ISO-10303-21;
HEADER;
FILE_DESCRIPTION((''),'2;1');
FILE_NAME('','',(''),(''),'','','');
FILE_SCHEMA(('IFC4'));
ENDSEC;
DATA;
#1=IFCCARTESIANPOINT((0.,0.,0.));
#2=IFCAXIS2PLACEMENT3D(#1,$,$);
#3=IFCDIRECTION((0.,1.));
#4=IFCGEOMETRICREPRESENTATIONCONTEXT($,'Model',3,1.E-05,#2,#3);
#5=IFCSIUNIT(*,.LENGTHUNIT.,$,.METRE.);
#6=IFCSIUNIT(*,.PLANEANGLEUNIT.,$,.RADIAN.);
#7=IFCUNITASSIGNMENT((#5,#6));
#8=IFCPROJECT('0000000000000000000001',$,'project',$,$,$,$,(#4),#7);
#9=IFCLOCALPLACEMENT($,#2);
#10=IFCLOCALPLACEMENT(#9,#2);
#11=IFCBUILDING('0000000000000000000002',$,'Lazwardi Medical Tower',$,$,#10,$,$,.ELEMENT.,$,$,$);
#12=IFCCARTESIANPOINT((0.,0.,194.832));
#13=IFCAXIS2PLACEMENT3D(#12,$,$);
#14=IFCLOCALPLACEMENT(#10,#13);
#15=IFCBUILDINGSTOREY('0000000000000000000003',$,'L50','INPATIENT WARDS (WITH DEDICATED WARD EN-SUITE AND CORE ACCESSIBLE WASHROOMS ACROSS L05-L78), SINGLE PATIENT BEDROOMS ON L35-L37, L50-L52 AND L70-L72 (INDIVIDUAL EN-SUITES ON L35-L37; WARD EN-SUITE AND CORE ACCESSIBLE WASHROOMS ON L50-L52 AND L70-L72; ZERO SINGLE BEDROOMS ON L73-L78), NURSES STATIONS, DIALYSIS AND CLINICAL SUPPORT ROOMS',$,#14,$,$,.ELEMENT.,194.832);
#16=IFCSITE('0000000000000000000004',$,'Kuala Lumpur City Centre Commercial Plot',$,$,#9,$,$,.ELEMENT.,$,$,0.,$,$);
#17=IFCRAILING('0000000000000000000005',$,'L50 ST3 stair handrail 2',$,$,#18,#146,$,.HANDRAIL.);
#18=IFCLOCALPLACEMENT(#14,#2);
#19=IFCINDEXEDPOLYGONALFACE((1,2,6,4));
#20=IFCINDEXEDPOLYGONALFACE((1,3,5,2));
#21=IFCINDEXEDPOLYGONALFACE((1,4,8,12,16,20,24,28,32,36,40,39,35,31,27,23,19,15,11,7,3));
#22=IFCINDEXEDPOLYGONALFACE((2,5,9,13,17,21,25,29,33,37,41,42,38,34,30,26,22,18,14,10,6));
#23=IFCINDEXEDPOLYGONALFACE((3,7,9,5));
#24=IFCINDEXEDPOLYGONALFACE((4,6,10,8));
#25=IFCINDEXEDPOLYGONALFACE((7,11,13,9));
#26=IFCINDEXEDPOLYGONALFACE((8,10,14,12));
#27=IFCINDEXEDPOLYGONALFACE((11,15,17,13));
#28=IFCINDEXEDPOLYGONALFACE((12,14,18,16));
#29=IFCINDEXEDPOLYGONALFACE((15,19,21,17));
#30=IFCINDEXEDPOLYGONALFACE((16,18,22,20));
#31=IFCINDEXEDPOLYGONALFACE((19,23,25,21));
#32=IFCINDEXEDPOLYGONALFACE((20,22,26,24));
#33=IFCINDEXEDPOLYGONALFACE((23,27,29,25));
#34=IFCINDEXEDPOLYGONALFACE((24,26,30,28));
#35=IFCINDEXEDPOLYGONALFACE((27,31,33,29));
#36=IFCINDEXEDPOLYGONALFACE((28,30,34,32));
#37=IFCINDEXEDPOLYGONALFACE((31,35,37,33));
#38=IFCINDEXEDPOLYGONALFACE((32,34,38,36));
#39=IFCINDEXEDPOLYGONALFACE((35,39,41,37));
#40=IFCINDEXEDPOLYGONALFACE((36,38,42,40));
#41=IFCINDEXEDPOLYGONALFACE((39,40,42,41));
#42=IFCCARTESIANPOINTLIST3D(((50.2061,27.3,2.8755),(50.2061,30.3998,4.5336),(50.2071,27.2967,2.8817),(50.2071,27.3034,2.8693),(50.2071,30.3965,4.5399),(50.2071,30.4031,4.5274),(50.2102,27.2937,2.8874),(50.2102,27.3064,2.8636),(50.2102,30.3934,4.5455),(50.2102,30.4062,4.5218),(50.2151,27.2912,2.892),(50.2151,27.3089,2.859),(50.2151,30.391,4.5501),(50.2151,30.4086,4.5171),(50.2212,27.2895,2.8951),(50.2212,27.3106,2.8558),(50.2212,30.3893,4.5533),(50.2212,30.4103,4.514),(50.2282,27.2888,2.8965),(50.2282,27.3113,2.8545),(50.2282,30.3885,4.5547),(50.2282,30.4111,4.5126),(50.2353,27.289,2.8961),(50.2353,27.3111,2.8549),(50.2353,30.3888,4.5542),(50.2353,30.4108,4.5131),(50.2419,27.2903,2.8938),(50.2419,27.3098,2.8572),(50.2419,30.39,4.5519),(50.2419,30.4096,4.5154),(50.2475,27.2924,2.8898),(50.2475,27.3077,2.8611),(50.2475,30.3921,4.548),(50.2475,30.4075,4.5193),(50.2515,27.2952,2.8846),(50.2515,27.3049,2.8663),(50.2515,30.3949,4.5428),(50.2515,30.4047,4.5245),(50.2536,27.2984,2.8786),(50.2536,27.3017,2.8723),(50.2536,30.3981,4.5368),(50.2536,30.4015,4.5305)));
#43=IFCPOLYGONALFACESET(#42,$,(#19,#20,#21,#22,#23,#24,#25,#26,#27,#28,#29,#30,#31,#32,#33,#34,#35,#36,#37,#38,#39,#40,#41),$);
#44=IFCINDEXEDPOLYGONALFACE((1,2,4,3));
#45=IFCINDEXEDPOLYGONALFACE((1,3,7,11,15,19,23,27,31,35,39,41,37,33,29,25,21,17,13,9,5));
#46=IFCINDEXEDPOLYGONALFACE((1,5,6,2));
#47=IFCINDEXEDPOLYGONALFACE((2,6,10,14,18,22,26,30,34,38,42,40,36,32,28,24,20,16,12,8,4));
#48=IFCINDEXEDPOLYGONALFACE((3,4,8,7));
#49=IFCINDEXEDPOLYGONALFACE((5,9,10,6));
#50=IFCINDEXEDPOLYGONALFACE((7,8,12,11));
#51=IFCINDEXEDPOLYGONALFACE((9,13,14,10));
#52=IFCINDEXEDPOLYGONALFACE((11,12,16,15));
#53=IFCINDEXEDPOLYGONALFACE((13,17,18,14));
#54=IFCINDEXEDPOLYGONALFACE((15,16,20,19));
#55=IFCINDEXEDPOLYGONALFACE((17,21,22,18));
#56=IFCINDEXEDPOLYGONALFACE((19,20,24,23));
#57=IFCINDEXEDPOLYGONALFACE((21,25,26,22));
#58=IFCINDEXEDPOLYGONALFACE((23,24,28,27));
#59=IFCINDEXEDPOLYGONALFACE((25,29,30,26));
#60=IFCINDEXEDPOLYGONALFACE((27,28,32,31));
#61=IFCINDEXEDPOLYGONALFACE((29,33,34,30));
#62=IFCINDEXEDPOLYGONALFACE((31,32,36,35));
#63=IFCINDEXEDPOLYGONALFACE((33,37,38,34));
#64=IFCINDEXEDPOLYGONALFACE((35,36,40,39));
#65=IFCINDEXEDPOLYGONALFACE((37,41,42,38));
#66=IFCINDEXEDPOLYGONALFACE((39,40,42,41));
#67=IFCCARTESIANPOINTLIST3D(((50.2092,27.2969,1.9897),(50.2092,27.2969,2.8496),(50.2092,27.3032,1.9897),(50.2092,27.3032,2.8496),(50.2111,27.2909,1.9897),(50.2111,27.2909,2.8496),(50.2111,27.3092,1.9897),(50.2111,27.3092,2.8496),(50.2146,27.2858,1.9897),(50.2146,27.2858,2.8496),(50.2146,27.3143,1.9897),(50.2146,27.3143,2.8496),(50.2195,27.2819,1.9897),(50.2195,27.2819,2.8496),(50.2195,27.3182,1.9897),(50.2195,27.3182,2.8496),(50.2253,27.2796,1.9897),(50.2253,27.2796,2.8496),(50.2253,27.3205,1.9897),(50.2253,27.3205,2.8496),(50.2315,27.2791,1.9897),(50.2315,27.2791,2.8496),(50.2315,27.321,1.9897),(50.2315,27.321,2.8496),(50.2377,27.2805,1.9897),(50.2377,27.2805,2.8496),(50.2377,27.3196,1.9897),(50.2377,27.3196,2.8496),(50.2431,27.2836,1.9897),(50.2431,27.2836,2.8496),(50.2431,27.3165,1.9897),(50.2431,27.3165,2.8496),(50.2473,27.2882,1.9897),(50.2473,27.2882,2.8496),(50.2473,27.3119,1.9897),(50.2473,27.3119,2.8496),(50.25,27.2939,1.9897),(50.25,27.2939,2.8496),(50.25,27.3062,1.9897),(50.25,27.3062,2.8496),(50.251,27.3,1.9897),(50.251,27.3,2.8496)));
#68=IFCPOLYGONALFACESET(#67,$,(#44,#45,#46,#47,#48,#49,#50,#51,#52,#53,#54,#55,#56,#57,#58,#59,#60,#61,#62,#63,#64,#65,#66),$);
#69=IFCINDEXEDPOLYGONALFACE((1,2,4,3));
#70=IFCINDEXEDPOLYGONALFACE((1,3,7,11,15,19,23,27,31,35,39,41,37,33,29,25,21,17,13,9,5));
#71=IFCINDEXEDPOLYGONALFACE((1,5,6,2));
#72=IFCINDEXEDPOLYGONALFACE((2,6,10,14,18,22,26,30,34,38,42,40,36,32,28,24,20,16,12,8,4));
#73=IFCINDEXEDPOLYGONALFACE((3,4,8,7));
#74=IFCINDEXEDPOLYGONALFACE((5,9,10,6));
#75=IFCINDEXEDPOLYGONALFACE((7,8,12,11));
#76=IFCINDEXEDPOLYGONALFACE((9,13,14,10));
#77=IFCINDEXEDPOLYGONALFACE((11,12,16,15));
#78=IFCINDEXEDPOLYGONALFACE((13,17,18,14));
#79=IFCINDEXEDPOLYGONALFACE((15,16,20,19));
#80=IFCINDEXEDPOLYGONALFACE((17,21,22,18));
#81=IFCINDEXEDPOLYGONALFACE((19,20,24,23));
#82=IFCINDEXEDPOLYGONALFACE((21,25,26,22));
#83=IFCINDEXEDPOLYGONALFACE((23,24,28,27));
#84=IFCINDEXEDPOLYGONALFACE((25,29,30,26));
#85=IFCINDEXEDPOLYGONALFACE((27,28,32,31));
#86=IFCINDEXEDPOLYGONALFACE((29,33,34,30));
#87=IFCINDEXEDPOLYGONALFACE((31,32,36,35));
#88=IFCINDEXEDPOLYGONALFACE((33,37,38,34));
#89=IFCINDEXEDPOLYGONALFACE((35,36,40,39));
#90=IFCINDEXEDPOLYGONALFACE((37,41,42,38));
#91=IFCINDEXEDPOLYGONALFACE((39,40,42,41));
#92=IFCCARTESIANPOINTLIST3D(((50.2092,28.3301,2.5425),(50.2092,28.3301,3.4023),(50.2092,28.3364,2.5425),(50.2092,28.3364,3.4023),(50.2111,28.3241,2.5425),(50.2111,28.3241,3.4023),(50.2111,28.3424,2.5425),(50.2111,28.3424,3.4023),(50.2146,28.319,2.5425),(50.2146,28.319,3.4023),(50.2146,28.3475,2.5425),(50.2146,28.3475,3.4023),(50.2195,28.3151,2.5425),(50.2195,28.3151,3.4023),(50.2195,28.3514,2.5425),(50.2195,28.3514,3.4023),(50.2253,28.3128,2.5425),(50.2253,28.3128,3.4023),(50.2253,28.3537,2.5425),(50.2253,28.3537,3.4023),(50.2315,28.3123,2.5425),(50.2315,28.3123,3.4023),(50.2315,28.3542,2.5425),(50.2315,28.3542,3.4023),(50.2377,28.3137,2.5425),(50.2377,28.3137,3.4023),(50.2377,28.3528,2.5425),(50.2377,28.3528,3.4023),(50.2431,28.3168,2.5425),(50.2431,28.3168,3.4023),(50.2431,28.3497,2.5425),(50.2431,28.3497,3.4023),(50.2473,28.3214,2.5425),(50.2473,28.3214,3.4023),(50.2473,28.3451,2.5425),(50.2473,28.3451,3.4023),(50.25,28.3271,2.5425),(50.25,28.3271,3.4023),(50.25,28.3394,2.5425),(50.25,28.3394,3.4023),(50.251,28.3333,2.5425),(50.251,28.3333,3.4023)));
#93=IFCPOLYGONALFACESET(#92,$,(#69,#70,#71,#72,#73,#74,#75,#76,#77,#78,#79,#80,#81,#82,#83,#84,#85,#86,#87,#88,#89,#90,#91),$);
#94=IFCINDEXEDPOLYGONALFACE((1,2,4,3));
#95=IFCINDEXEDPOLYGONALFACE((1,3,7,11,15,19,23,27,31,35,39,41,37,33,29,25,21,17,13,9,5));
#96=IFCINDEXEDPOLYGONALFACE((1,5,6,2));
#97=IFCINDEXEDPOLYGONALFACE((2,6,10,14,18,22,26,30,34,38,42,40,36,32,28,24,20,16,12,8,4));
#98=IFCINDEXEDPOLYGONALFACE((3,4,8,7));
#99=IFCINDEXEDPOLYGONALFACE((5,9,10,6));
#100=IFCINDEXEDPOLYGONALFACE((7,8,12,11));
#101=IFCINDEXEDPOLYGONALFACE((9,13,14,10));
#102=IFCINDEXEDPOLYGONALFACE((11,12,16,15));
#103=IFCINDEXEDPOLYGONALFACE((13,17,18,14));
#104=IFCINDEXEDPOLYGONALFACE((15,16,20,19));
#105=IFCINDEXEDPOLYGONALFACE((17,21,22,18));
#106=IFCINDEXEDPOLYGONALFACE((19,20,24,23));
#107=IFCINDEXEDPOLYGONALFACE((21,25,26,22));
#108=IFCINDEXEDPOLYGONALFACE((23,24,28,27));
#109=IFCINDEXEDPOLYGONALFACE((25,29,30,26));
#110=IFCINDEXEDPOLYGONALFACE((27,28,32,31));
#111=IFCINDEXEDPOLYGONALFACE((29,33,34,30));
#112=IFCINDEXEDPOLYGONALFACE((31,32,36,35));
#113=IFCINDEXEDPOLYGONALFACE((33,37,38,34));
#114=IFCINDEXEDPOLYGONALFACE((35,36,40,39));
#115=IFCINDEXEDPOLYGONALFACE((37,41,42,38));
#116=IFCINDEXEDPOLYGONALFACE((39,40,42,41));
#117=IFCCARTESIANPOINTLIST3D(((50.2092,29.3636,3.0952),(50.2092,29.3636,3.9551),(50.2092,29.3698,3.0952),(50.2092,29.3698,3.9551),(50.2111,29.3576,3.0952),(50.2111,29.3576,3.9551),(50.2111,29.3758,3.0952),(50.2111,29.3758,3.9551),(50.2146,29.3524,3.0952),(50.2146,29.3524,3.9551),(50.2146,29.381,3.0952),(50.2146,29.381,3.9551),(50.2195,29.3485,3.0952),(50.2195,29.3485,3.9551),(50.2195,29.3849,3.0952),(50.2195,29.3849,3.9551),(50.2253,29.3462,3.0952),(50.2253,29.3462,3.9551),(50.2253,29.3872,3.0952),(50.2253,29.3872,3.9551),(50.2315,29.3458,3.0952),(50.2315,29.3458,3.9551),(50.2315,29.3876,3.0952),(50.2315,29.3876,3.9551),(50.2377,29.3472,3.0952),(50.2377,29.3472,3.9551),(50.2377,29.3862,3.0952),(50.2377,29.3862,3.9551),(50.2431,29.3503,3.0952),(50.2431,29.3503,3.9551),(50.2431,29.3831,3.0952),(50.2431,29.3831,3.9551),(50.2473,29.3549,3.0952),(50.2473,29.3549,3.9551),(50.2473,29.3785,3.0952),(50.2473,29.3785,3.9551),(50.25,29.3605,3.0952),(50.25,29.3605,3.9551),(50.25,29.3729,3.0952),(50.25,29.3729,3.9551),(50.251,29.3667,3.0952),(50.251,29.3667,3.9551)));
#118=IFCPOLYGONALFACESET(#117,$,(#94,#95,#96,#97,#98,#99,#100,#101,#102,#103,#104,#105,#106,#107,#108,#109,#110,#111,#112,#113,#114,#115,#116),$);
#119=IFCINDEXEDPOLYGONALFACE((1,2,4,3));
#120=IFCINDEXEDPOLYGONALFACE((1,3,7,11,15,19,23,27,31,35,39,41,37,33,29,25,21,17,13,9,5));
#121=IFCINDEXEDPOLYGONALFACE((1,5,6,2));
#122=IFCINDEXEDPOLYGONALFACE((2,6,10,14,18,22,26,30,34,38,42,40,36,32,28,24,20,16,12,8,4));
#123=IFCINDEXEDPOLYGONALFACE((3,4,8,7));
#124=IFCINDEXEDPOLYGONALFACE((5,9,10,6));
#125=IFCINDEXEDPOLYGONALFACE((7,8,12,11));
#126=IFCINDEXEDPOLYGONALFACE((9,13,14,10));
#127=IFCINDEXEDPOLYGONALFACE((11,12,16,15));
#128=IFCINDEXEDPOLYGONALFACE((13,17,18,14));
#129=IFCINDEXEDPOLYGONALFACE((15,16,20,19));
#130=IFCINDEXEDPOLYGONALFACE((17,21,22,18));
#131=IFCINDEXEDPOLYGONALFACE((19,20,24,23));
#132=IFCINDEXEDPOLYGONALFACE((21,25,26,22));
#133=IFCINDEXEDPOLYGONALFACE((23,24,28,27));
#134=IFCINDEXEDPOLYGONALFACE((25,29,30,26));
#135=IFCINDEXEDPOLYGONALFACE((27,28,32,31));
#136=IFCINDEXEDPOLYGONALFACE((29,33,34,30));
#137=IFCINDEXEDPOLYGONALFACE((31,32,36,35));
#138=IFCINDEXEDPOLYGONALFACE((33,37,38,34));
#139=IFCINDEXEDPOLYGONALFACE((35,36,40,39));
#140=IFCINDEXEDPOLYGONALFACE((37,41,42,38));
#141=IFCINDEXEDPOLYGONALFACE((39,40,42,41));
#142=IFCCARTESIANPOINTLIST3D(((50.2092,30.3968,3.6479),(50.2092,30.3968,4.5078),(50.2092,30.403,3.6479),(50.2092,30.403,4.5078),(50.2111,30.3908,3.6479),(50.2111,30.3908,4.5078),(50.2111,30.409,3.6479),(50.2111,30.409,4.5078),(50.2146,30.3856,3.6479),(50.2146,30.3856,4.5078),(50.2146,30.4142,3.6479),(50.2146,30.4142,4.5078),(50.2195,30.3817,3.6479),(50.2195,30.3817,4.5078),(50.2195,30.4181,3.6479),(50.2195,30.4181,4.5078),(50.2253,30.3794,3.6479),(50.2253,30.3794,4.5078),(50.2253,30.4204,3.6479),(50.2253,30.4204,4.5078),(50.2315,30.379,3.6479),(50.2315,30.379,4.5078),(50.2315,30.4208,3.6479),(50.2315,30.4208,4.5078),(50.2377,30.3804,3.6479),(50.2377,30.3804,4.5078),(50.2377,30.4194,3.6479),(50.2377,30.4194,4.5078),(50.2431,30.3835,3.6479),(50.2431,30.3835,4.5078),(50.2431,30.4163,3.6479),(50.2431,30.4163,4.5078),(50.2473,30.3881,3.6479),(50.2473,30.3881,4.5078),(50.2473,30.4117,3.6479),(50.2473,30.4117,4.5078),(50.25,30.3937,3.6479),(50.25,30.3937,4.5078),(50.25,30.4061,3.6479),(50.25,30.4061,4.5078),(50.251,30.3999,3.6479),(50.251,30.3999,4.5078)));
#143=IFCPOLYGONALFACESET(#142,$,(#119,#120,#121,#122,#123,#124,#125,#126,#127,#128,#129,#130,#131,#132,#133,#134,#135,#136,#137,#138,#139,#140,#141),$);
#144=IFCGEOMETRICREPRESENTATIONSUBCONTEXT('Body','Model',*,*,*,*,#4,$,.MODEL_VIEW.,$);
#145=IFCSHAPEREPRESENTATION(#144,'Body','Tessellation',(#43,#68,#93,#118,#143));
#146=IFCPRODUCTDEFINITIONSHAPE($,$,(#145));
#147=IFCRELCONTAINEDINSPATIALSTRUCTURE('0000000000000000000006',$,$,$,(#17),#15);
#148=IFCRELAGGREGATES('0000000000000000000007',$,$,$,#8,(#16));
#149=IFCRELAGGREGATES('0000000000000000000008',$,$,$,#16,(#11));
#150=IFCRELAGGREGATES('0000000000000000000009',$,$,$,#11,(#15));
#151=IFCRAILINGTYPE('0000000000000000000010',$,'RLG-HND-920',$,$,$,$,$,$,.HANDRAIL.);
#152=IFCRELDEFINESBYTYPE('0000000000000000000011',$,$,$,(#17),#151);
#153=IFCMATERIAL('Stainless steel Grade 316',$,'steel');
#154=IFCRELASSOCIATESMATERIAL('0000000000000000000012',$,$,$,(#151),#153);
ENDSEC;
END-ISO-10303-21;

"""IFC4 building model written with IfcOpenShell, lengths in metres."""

from ifc_helpers import new_model, si_unit, direction, frame, origin, origin_2d, place, context, subcontext, project, spatial, circle, extrude, material, type_object, element, save


model = new_model("IFC4")

# Units and contexts
model_context = context("Model", 3, precision=1e-05, world=origin(), true_north=direction((0.0, 1.0)))
body_context = subcontext(model_context, "Body", "Model", "MODEL_VIEW")
ifc_project = project(units=[si_unit("LENGTHUNIT", "METRE"), si_unit("PLANEANGLEUNIT", "RADIAN")], contexts=[model_context])

# Site, building, storey
site_placement = place(None, origin())
site = spatial("IfcSite", under=ifc_project, at=site_placement, Name="Kuala Lumpur City Centre Commercial Plot", CompositionType="ELEMENT", RefElevation=0.0)
building_placement = place(site_placement, origin())
building = spatial("IfcBuilding", under=site, at=building_placement, Name="Lazwardi Medical Tower", CompositionType="ELEMENT")
storey_placement = place(building_placement, frame((0.0, 0.0, 194.832)))
storey = spatial("IfcBuildingStorey", under=building, at=storey_placement, Name="L50", Description="INPATIENT WARDS (WITH DEDICATED WARD EN-SUITE AND CORE ACCESSIBLE WASHROOMS ACROSS L05-L78), SINGLE PATIENT BEDROOMS ON L35-L37, L50-L52 AND L70-L72 (INDIVIDUAL EN-SUITES ON L35-L37; WARD EN-SUITE AND CORE ACCESSIBLE WASHROOMS ON L50-L52 AND L70-L72; ZERO SINGLE BEDROOMS ON L73-L78), NURSES STATIONS, DIALYSIS AND CLINICAL SUPPORT ROOMS", CompositionType="ELEMENT", Elevation=194.832)

# Railing
ifc_material_1 = material(Name="Stainless steel Grade 316", Category="steel")
railing_type_1 = type_object("IfcRailingType", Name="RLG-HND-920", PredefinedType="HANDRAIL", material=ifc_material_1)
railing_1_placement = place(storey_placement, frame((50.23, 27.3, 1.9897)))
element("IfcRailing", 1, at=railing_1_placement, inside=storey, type_object=railing_type_1, Name="L50 ST3 stair handrail 2", PredefinedType="HANDRAIL", context=body_context, shape_type="SweptSolid", body=[
    extrude(circle(Radius=0.0239, at=origin_2d()), frame((0.0, 0.0, 0.8857), z_axis=(0.0, 0.881768, 0.471684), x_axis=(-1.0, 0.0, 0.0)), (0.0, 0.0, 1.0), 3.5154),
    extrude(circle(Radius=0.021, at=origin_2d()), origin(), (0.0, 0.0, 1.0), 0.8599),
    extrude(circle(Radius=0.021, at=origin_2d()), frame((0.0, 1.0332, 0.5527)), (0.0, 0.0, 1.0), 0.8599),
    extrude(circle(Radius=0.021, at=origin_2d()), frame((0.0, 2.0667, 1.1055)), (0.0, 0.0, 1.0), 0.8599),
    extrude(circle(Radius=0.021, at=origin_2d()), frame((0.0, 3.0999, 1.6582)), (0.0, 0.0, 1.0), 0.8599),
])

save(model, "model.ifc")
